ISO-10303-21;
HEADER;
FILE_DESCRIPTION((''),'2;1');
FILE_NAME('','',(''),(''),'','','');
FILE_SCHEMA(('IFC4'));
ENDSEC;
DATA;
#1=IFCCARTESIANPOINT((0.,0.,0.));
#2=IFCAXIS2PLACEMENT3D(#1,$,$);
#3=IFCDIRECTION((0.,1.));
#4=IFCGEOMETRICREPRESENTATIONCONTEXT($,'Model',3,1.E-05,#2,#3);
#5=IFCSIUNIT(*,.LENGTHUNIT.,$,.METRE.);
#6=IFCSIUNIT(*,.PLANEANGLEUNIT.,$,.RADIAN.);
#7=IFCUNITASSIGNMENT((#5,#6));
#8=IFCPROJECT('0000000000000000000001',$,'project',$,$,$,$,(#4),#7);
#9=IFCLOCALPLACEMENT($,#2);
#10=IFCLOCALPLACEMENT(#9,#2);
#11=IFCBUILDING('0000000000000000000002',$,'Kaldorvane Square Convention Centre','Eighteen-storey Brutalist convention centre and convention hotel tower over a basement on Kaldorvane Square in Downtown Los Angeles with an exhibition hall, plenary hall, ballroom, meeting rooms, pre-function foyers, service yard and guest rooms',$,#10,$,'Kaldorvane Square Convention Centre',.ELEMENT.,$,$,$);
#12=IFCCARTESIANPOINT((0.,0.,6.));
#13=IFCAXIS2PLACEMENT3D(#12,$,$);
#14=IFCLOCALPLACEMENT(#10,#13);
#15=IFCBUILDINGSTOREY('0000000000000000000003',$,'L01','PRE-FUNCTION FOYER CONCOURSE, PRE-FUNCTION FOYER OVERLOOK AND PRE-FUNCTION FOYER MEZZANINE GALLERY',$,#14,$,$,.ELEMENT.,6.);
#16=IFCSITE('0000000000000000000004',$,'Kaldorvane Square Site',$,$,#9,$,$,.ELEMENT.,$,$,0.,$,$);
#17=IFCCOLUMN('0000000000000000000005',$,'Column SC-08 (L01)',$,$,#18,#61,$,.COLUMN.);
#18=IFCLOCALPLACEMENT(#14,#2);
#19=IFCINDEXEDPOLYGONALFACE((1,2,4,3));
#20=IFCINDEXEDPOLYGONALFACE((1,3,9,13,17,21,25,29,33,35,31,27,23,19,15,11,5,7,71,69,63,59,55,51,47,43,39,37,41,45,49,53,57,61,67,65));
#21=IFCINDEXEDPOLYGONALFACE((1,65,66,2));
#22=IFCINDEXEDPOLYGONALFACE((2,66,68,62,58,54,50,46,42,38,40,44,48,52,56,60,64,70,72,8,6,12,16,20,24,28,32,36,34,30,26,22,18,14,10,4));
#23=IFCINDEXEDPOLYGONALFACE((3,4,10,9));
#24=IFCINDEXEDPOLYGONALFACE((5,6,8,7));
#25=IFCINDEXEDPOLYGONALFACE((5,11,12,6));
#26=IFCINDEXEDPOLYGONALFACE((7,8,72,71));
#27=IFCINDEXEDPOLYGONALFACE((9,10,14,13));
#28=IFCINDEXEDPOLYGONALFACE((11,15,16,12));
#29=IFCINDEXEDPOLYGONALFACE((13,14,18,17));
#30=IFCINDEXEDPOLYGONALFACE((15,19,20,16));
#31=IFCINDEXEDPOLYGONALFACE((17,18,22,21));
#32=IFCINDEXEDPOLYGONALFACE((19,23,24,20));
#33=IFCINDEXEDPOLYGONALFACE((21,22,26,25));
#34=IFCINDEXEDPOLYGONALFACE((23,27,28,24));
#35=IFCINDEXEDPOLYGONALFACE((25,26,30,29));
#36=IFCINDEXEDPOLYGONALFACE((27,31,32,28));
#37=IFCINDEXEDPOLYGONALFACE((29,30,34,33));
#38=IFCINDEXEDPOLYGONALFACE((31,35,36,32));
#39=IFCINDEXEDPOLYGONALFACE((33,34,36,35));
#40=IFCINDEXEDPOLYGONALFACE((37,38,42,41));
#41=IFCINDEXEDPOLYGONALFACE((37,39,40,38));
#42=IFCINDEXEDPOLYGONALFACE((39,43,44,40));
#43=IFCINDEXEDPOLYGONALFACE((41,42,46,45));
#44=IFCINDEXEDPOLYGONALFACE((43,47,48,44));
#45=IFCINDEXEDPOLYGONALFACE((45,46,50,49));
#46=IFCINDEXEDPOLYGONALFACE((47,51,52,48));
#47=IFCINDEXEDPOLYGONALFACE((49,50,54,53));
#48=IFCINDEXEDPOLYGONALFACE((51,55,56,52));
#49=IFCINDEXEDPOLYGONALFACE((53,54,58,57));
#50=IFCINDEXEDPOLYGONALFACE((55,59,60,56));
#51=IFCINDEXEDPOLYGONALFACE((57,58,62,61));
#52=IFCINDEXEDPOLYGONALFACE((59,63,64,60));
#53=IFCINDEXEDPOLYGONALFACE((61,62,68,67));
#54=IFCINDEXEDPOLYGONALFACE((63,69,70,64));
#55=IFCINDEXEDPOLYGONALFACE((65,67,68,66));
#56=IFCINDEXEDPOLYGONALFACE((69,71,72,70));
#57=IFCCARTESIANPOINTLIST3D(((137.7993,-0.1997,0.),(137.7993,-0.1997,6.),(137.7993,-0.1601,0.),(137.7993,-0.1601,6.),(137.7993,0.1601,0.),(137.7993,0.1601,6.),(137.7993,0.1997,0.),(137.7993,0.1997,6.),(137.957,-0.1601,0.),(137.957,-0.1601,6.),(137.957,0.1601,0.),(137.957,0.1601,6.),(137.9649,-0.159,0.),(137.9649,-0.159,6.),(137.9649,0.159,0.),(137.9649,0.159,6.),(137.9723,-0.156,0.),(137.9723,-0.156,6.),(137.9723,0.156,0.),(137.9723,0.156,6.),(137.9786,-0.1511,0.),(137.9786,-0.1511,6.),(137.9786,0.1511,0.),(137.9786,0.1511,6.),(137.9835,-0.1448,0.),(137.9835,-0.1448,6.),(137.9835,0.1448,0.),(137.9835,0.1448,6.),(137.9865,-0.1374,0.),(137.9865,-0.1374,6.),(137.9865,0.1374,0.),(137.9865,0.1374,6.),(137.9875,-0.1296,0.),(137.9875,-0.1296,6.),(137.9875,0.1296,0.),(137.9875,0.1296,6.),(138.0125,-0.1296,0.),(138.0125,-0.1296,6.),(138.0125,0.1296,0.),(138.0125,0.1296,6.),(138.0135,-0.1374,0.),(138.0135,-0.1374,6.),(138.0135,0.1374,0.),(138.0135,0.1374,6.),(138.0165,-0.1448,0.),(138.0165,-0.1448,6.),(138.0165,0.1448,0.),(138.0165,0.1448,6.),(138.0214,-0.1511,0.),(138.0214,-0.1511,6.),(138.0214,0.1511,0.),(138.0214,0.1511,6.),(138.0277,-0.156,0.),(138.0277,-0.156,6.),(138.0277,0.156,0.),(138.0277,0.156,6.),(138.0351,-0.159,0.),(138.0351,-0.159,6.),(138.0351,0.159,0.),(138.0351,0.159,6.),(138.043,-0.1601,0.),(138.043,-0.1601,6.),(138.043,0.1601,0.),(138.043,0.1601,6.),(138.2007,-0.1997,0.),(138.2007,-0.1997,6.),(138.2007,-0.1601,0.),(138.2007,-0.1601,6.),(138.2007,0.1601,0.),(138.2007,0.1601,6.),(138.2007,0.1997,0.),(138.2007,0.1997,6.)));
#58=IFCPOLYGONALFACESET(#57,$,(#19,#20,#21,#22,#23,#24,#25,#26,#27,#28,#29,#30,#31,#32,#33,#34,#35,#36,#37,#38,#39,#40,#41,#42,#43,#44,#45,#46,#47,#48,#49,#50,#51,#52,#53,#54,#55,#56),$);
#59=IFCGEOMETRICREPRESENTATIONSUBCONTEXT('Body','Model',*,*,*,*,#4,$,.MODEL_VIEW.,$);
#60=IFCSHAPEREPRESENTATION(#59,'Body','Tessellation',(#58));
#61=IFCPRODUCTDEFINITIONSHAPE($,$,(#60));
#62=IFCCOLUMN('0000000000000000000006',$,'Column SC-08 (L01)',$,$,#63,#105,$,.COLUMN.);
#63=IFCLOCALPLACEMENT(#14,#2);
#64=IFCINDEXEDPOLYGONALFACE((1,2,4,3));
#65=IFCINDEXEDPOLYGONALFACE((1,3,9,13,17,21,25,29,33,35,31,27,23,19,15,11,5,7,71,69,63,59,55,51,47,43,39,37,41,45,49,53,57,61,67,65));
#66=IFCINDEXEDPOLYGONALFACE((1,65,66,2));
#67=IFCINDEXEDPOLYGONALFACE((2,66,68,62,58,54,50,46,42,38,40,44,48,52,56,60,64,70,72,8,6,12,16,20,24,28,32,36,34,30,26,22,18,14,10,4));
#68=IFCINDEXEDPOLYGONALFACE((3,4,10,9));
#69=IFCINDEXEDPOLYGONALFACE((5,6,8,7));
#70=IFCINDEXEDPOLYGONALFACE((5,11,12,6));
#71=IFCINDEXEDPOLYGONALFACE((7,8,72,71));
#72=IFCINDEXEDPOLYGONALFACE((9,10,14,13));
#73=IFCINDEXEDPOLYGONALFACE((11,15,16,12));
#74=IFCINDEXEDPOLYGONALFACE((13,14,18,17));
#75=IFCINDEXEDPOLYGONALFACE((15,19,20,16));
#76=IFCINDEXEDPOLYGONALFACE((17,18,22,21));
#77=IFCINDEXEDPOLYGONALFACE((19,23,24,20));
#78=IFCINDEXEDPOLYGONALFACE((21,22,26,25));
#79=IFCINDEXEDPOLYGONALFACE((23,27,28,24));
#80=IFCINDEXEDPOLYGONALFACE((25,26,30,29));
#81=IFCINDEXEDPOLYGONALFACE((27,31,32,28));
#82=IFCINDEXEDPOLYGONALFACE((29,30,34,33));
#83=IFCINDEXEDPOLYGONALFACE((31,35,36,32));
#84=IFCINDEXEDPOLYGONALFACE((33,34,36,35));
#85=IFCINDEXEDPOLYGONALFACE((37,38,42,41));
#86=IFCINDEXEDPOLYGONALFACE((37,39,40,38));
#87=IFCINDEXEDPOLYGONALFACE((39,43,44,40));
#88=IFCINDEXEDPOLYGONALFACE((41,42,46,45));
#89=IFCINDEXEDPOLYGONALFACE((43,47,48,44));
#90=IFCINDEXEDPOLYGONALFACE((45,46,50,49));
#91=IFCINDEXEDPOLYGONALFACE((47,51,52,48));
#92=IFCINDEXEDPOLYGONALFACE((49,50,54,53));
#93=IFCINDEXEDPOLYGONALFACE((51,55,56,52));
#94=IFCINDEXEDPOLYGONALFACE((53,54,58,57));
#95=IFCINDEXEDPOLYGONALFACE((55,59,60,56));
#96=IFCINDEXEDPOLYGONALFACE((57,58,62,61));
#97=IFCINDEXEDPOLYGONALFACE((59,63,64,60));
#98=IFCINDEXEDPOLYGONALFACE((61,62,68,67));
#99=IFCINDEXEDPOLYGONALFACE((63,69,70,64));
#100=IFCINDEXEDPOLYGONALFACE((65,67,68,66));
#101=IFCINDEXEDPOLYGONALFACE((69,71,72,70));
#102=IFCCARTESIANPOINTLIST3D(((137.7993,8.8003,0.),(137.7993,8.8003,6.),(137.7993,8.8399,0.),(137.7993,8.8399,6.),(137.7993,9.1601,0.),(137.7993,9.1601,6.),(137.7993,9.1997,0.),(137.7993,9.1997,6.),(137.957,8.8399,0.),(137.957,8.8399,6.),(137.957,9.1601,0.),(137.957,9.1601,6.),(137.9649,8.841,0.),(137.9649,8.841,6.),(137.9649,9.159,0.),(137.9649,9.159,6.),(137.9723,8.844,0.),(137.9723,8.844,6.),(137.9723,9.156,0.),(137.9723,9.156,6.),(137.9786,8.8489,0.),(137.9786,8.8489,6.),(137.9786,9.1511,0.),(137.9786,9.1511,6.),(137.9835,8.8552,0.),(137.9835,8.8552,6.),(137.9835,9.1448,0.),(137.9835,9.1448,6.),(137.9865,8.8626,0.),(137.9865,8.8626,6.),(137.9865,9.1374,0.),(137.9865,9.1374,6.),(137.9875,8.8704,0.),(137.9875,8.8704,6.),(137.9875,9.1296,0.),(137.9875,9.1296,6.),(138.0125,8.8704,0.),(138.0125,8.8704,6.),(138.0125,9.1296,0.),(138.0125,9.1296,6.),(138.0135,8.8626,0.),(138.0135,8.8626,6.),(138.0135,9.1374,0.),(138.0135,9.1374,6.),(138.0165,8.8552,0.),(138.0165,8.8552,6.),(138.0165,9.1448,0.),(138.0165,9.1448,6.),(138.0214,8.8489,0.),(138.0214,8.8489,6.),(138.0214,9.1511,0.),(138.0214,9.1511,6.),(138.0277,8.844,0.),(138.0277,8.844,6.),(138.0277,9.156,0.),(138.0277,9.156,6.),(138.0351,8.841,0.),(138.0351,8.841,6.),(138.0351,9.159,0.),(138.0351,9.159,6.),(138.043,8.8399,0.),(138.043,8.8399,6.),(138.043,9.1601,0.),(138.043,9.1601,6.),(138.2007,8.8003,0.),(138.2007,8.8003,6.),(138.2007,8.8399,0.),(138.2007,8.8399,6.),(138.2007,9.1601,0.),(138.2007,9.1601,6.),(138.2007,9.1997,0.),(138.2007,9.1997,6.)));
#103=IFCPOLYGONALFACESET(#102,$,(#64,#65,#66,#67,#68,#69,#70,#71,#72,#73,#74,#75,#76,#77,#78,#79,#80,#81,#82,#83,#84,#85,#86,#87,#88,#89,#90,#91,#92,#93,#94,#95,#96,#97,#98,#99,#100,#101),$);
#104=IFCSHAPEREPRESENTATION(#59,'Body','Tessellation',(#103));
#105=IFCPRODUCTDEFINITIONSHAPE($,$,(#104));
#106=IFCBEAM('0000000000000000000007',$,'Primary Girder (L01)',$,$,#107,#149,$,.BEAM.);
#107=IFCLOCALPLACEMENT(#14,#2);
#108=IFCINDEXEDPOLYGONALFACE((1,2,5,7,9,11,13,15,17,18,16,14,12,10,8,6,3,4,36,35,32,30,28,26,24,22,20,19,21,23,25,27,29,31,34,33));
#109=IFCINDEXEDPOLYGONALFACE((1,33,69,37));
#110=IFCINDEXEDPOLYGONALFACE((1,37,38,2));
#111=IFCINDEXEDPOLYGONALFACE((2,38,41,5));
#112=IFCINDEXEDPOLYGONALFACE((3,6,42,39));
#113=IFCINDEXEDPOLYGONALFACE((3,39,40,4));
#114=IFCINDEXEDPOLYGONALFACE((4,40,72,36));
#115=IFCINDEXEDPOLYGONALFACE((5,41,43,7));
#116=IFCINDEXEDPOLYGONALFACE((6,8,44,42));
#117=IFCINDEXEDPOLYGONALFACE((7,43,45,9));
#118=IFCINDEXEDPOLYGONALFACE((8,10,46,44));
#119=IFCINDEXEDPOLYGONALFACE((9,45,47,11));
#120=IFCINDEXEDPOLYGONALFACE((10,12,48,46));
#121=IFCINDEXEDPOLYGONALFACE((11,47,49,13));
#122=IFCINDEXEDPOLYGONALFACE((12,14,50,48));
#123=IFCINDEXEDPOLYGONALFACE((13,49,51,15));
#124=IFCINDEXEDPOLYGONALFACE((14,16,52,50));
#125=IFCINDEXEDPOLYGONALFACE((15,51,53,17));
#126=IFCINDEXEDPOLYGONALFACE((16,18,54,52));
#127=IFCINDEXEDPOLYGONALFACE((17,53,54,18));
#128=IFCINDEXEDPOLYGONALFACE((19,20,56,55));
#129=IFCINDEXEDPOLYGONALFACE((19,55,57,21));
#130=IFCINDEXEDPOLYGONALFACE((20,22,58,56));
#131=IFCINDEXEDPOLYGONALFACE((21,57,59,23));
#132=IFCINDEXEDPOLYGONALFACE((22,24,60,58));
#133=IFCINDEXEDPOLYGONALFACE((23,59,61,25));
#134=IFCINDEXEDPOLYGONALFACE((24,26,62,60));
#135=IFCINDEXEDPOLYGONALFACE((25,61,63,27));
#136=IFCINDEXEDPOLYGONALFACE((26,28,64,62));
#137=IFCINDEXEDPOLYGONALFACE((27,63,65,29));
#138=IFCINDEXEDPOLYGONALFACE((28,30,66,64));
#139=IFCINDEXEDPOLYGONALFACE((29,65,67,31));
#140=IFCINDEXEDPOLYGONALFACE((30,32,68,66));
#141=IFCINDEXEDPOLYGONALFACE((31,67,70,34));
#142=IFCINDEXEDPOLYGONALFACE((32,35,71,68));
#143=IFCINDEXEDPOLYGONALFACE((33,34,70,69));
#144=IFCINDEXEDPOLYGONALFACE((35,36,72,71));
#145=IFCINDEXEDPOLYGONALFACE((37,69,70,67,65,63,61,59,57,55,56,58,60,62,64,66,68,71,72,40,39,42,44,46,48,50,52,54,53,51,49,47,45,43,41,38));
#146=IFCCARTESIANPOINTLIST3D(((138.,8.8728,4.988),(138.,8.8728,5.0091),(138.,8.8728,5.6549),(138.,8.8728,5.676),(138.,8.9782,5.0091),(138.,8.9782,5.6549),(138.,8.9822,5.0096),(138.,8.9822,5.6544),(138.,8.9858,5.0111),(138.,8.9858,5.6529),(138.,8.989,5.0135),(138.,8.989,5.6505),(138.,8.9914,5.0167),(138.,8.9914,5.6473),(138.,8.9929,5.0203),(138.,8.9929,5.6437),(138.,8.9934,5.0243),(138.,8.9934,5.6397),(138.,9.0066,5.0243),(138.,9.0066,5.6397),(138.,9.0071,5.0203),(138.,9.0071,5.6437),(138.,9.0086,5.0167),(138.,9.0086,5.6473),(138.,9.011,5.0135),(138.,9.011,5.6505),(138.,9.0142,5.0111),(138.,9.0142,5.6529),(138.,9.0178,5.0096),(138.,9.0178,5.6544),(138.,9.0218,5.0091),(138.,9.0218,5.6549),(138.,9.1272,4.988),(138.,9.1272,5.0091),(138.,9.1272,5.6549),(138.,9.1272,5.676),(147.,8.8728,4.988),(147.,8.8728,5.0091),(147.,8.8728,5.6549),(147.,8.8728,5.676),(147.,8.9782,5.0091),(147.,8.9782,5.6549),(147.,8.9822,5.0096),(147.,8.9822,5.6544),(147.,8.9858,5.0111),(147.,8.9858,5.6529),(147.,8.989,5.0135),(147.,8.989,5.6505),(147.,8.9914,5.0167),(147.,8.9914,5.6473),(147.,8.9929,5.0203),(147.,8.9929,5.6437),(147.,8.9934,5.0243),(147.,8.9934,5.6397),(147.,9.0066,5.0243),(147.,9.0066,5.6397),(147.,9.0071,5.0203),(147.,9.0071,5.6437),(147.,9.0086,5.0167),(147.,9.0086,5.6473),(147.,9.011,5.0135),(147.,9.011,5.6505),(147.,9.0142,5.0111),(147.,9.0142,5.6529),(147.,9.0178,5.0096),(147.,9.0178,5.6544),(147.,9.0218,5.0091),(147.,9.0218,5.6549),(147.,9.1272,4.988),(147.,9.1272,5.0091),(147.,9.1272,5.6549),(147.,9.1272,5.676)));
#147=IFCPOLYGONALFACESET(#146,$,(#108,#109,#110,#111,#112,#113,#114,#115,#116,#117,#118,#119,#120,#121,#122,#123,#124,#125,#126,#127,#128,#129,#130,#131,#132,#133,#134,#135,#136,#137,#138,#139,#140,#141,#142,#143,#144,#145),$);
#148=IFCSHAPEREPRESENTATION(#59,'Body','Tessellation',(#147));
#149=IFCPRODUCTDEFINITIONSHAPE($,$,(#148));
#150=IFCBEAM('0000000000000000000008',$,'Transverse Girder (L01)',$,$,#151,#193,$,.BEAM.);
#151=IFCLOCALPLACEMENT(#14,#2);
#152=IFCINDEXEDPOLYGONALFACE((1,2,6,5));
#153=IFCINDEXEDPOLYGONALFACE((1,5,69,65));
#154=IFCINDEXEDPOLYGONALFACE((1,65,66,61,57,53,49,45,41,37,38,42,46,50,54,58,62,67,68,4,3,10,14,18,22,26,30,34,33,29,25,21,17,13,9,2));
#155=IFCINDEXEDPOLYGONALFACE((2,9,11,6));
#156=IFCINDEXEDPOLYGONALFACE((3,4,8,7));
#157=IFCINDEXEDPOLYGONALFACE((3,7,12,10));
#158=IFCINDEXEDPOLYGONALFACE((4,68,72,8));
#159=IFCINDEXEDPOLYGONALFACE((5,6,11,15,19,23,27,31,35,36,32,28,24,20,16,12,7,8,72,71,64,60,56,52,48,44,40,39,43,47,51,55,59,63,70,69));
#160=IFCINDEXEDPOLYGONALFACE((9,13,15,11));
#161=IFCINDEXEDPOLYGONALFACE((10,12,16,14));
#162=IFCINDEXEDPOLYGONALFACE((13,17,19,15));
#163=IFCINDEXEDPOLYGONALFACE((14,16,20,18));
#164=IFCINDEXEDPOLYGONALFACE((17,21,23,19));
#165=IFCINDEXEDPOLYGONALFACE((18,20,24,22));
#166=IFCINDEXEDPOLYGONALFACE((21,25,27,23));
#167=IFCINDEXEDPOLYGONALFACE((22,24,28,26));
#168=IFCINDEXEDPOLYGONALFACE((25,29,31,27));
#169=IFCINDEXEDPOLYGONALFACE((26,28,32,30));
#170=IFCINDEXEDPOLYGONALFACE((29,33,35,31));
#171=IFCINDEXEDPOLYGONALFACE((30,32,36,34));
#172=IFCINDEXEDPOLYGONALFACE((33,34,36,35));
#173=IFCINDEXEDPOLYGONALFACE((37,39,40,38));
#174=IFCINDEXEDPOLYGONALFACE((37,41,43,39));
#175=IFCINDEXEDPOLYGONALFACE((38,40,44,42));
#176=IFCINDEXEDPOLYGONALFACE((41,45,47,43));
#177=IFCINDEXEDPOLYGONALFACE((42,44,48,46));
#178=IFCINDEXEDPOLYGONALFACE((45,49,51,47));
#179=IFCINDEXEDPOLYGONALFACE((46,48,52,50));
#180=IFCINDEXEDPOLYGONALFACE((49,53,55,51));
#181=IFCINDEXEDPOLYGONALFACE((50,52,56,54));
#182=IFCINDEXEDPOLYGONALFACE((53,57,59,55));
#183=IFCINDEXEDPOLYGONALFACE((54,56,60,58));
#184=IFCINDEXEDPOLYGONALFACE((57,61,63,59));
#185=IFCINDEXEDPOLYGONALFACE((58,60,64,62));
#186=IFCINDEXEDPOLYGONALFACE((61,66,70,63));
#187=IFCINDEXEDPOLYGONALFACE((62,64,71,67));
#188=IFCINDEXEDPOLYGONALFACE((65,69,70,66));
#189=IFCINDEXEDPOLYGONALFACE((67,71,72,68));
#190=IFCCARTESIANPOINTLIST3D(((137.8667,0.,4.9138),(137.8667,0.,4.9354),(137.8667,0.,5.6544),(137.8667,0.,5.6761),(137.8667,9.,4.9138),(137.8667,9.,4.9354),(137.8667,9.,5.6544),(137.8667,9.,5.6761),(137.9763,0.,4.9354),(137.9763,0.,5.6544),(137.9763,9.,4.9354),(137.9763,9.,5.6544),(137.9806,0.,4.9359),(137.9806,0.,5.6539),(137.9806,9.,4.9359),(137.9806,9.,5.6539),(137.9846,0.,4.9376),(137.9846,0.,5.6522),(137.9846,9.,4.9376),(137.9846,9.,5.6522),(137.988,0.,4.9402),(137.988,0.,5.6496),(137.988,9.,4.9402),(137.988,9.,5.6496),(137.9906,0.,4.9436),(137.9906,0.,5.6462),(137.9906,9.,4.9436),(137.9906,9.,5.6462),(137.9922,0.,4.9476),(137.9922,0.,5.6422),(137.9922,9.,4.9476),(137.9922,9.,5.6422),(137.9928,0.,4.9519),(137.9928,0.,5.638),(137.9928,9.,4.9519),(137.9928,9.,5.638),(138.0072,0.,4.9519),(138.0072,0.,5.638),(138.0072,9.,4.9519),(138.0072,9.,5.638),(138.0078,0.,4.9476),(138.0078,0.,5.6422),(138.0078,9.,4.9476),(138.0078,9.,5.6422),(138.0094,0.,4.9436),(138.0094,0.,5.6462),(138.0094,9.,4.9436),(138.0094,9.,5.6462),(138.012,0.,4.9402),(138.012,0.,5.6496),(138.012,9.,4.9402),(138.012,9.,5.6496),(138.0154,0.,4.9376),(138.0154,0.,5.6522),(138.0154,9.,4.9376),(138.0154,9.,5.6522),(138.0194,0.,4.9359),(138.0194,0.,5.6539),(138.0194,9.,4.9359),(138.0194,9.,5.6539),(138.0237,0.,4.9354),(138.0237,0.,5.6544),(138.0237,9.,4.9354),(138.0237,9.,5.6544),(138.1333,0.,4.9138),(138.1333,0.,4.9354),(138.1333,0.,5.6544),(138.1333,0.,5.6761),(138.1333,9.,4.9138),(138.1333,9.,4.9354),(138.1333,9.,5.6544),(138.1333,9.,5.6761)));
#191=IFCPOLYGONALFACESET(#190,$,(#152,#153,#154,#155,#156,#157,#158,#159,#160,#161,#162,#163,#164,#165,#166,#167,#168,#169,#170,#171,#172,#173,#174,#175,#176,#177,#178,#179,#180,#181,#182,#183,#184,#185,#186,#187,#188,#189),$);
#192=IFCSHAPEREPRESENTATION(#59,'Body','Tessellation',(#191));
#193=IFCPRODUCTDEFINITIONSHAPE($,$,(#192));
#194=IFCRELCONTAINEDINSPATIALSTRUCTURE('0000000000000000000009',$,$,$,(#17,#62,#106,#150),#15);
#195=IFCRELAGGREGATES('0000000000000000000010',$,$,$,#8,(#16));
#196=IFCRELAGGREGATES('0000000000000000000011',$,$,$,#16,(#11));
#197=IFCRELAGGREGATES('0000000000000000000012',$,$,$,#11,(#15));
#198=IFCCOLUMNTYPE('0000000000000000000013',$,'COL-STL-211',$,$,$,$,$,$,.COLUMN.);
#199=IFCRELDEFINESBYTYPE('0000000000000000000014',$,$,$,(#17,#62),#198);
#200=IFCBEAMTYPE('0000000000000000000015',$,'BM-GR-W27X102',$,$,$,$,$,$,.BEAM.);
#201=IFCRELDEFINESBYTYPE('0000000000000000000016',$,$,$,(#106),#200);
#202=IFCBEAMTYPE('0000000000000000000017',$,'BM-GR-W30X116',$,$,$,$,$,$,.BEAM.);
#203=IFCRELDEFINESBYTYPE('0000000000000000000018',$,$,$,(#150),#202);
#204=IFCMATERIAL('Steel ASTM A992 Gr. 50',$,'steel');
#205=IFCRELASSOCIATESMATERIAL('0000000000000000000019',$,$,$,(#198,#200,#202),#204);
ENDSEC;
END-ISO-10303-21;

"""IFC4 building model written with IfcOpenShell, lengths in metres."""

from ifc_helpers import new_model, si_unit, direction, frame, origin, origin_2d, place, context, subcontext, project, spatial, i_section, extrude, material, material_profile, profile_set, type_object, element, save


model = new_model("IFC4")

# Units and contexts
model_context = context("Model", 3, precision=1e-05, world=origin(), true_north=direction((0.0, 1.0)))
body_context = subcontext(model_context, "Body", "Model", "MODEL_VIEW")
ifc_project = project(units=[si_unit("LENGTHUNIT", "METRE"), si_unit("PLANEANGLEUNIT", "RADIAN")], contexts=[model_context])

# Site, building, storey
site_placement = place(None, origin())
site = spatial("IfcSite", under=ifc_project, at=site_placement, Name="Kaldorvane Square Site", CompositionType="ELEMENT", RefElevation=0.0)
building_placement = place(site_placement, origin())
building = spatial("IfcBuilding", under=site, at=building_placement, Name="Kaldorvane Square Convention Centre", Description="Eighteen-storey Brutalist convention centre and convention hotel tower over a basement on Kaldorvane Square in Downtown Los Angeles with an exhibition hall, plenary hall, ballroom, meeting rooms, pre-function foyers, service yard and guest rooms", LongName="Kaldorvane Square Convention Centre", CompositionType="ELEMENT")
storey_placement = place(building_placement, frame((0.0, 0.0, 6.0)))
storey = spatial("IfcBuildingStorey", under=building, at=storey_placement, Name="L01", Description="PRE-FUNCTION FOYER CONCOURSE, PRE-FUNCTION FOYER OVERLOOK AND PRE-FUNCTION FOYER MEZZANINE GALLERY", CompositionType="ELEMENT", Elevation=6.0)

# Columns
ifc_material_1 = material(Name="Steel ASTM A992 Gr. 50", Category="steel")
ifc_material_profile_1 = material_profile(ifc_material_1, i_section(OverallWidth=0.4013, OverallDepth=0.3993, WebThickness=0.0249, FlangeThickness=0.0396, FilletRadius=0.0305, at=origin_2d()), Name="W14X211")
ifc_profile_set_1 = profile_set([ifc_material_profile_1], Name="Steel ASTM A992 Gr. 50")
column_type = type_object("IfcColumnType", Name="COL-STL-211", PredefinedType="COLUMN", material=ifc_profile_set_1)
for number, where, z_axis, x_axis, name in (
    (1, (138.0, 0.0, 0.0), (0.0, 0.0, 1.0), (1.0, 0.0, 0.0), "Column SC-08 (L01)"),
    (2, (138.0, 9.0, 0.0), (0.0, 0.0, 1.0), (1.0, 0.0, 0.0), "Column SC-08 (L01)"),
):
    element("IfcColumn", number, at=place(storey_placement, frame(where, z_axis=z_axis, x_axis=x_axis)), inside=storey, type_object=column_type, Name=name, PredefinedType="COLUMN", context=body_context, shape_type="SweptSolid", body=[
        extrude(i_section(OverallWidth=0.4013, OverallDepth=0.3993, WebThickness=0.0249, FlangeThickness=0.0396, FilletRadius=0.0305, at=origin_2d()), origin(), (0.0, 0.0, 1.0), 6.0),
    ])

# Beams
ifc_material_profile_2 = material_profile(ifc_material_1, i_section(OverallWidth=0.2544, OverallDepth=0.6881, WebThickness=0.0131, FlangeThickness=0.0211, FilletRadius=0.0152, at=origin_2d()), Name="W27X102")
ifc_profile_set_2 = profile_set([ifc_material_profile_2], Name="Steel ASTM A992 Gr. 50")
beam_type_1 = type_object("IfcBeamType", Name="BM-GR-W27X102", PredefinedType="BEAM", material=ifc_profile_set_2)
beam_1_placement = place(storey_placement, frame((138.0, 9.0, 5.332), z_axis=(1.0, 0.0, 0.0), x_axis=(0.0, 1.0, 0.0)))
element("IfcBeam", 3, at=beam_1_placement, inside=storey, type_object=beam_type_1, Name="Primary Girder (L01)", PredefinedType="BEAM", context=body_context, shape_type="SweptSolid", body=[
    extrude(i_section(OverallWidth=0.2544, OverallDepth=0.6881, WebThickness=0.0131, FlangeThickness=0.0211, FilletRadius=0.0152, at=origin_2d()), origin(), (0.0, 0.0, 1.0), 9.0),
])
ifc_material_profile_3 = material_profile(ifc_material_1, i_section(OverallWidth=0.2666, OverallDepth=0.7623, WebThickness=0.0144, FlangeThickness=0.0216, FilletRadius=0.0165, at=origin_2d()), Name="W30X116")
ifc_profile_set_3 = profile_set([ifc_material_profile_3], Name="Steel ASTM A992 Gr. 50")
beam_type_2 = type_object("IfcBeamType", Name="BM-GR-W30X116", PredefinedType="BEAM", material=ifc_profile_set_3)
for number, where, z_axis, x_axis, name in (
    (4, (138.0, 0.0, 5.2949), (0.0, 1.0, 0.0), (-1.0, 0.0, 0.0), "Transverse Girder (L01)"),
):
    element("IfcBeam", number, at=place(storey_placement, frame(where, z_axis=z_axis, x_axis=x_axis)), inside=storey, type_object=beam_type_2, Name=name, PredefinedType="BEAM", context=body_context, shape_type="SweptSolid", body=[
        extrude(i_section(OverallWidth=0.2666, OverallDepth=0.7623, WebThickness=0.0144, FlangeThickness=0.0216, FilletRadius=0.0165, at=origin_2d()), origin(), (0.0, 0.0, 1.0), 9.0),
    ])

save(model, "model.ifc")
